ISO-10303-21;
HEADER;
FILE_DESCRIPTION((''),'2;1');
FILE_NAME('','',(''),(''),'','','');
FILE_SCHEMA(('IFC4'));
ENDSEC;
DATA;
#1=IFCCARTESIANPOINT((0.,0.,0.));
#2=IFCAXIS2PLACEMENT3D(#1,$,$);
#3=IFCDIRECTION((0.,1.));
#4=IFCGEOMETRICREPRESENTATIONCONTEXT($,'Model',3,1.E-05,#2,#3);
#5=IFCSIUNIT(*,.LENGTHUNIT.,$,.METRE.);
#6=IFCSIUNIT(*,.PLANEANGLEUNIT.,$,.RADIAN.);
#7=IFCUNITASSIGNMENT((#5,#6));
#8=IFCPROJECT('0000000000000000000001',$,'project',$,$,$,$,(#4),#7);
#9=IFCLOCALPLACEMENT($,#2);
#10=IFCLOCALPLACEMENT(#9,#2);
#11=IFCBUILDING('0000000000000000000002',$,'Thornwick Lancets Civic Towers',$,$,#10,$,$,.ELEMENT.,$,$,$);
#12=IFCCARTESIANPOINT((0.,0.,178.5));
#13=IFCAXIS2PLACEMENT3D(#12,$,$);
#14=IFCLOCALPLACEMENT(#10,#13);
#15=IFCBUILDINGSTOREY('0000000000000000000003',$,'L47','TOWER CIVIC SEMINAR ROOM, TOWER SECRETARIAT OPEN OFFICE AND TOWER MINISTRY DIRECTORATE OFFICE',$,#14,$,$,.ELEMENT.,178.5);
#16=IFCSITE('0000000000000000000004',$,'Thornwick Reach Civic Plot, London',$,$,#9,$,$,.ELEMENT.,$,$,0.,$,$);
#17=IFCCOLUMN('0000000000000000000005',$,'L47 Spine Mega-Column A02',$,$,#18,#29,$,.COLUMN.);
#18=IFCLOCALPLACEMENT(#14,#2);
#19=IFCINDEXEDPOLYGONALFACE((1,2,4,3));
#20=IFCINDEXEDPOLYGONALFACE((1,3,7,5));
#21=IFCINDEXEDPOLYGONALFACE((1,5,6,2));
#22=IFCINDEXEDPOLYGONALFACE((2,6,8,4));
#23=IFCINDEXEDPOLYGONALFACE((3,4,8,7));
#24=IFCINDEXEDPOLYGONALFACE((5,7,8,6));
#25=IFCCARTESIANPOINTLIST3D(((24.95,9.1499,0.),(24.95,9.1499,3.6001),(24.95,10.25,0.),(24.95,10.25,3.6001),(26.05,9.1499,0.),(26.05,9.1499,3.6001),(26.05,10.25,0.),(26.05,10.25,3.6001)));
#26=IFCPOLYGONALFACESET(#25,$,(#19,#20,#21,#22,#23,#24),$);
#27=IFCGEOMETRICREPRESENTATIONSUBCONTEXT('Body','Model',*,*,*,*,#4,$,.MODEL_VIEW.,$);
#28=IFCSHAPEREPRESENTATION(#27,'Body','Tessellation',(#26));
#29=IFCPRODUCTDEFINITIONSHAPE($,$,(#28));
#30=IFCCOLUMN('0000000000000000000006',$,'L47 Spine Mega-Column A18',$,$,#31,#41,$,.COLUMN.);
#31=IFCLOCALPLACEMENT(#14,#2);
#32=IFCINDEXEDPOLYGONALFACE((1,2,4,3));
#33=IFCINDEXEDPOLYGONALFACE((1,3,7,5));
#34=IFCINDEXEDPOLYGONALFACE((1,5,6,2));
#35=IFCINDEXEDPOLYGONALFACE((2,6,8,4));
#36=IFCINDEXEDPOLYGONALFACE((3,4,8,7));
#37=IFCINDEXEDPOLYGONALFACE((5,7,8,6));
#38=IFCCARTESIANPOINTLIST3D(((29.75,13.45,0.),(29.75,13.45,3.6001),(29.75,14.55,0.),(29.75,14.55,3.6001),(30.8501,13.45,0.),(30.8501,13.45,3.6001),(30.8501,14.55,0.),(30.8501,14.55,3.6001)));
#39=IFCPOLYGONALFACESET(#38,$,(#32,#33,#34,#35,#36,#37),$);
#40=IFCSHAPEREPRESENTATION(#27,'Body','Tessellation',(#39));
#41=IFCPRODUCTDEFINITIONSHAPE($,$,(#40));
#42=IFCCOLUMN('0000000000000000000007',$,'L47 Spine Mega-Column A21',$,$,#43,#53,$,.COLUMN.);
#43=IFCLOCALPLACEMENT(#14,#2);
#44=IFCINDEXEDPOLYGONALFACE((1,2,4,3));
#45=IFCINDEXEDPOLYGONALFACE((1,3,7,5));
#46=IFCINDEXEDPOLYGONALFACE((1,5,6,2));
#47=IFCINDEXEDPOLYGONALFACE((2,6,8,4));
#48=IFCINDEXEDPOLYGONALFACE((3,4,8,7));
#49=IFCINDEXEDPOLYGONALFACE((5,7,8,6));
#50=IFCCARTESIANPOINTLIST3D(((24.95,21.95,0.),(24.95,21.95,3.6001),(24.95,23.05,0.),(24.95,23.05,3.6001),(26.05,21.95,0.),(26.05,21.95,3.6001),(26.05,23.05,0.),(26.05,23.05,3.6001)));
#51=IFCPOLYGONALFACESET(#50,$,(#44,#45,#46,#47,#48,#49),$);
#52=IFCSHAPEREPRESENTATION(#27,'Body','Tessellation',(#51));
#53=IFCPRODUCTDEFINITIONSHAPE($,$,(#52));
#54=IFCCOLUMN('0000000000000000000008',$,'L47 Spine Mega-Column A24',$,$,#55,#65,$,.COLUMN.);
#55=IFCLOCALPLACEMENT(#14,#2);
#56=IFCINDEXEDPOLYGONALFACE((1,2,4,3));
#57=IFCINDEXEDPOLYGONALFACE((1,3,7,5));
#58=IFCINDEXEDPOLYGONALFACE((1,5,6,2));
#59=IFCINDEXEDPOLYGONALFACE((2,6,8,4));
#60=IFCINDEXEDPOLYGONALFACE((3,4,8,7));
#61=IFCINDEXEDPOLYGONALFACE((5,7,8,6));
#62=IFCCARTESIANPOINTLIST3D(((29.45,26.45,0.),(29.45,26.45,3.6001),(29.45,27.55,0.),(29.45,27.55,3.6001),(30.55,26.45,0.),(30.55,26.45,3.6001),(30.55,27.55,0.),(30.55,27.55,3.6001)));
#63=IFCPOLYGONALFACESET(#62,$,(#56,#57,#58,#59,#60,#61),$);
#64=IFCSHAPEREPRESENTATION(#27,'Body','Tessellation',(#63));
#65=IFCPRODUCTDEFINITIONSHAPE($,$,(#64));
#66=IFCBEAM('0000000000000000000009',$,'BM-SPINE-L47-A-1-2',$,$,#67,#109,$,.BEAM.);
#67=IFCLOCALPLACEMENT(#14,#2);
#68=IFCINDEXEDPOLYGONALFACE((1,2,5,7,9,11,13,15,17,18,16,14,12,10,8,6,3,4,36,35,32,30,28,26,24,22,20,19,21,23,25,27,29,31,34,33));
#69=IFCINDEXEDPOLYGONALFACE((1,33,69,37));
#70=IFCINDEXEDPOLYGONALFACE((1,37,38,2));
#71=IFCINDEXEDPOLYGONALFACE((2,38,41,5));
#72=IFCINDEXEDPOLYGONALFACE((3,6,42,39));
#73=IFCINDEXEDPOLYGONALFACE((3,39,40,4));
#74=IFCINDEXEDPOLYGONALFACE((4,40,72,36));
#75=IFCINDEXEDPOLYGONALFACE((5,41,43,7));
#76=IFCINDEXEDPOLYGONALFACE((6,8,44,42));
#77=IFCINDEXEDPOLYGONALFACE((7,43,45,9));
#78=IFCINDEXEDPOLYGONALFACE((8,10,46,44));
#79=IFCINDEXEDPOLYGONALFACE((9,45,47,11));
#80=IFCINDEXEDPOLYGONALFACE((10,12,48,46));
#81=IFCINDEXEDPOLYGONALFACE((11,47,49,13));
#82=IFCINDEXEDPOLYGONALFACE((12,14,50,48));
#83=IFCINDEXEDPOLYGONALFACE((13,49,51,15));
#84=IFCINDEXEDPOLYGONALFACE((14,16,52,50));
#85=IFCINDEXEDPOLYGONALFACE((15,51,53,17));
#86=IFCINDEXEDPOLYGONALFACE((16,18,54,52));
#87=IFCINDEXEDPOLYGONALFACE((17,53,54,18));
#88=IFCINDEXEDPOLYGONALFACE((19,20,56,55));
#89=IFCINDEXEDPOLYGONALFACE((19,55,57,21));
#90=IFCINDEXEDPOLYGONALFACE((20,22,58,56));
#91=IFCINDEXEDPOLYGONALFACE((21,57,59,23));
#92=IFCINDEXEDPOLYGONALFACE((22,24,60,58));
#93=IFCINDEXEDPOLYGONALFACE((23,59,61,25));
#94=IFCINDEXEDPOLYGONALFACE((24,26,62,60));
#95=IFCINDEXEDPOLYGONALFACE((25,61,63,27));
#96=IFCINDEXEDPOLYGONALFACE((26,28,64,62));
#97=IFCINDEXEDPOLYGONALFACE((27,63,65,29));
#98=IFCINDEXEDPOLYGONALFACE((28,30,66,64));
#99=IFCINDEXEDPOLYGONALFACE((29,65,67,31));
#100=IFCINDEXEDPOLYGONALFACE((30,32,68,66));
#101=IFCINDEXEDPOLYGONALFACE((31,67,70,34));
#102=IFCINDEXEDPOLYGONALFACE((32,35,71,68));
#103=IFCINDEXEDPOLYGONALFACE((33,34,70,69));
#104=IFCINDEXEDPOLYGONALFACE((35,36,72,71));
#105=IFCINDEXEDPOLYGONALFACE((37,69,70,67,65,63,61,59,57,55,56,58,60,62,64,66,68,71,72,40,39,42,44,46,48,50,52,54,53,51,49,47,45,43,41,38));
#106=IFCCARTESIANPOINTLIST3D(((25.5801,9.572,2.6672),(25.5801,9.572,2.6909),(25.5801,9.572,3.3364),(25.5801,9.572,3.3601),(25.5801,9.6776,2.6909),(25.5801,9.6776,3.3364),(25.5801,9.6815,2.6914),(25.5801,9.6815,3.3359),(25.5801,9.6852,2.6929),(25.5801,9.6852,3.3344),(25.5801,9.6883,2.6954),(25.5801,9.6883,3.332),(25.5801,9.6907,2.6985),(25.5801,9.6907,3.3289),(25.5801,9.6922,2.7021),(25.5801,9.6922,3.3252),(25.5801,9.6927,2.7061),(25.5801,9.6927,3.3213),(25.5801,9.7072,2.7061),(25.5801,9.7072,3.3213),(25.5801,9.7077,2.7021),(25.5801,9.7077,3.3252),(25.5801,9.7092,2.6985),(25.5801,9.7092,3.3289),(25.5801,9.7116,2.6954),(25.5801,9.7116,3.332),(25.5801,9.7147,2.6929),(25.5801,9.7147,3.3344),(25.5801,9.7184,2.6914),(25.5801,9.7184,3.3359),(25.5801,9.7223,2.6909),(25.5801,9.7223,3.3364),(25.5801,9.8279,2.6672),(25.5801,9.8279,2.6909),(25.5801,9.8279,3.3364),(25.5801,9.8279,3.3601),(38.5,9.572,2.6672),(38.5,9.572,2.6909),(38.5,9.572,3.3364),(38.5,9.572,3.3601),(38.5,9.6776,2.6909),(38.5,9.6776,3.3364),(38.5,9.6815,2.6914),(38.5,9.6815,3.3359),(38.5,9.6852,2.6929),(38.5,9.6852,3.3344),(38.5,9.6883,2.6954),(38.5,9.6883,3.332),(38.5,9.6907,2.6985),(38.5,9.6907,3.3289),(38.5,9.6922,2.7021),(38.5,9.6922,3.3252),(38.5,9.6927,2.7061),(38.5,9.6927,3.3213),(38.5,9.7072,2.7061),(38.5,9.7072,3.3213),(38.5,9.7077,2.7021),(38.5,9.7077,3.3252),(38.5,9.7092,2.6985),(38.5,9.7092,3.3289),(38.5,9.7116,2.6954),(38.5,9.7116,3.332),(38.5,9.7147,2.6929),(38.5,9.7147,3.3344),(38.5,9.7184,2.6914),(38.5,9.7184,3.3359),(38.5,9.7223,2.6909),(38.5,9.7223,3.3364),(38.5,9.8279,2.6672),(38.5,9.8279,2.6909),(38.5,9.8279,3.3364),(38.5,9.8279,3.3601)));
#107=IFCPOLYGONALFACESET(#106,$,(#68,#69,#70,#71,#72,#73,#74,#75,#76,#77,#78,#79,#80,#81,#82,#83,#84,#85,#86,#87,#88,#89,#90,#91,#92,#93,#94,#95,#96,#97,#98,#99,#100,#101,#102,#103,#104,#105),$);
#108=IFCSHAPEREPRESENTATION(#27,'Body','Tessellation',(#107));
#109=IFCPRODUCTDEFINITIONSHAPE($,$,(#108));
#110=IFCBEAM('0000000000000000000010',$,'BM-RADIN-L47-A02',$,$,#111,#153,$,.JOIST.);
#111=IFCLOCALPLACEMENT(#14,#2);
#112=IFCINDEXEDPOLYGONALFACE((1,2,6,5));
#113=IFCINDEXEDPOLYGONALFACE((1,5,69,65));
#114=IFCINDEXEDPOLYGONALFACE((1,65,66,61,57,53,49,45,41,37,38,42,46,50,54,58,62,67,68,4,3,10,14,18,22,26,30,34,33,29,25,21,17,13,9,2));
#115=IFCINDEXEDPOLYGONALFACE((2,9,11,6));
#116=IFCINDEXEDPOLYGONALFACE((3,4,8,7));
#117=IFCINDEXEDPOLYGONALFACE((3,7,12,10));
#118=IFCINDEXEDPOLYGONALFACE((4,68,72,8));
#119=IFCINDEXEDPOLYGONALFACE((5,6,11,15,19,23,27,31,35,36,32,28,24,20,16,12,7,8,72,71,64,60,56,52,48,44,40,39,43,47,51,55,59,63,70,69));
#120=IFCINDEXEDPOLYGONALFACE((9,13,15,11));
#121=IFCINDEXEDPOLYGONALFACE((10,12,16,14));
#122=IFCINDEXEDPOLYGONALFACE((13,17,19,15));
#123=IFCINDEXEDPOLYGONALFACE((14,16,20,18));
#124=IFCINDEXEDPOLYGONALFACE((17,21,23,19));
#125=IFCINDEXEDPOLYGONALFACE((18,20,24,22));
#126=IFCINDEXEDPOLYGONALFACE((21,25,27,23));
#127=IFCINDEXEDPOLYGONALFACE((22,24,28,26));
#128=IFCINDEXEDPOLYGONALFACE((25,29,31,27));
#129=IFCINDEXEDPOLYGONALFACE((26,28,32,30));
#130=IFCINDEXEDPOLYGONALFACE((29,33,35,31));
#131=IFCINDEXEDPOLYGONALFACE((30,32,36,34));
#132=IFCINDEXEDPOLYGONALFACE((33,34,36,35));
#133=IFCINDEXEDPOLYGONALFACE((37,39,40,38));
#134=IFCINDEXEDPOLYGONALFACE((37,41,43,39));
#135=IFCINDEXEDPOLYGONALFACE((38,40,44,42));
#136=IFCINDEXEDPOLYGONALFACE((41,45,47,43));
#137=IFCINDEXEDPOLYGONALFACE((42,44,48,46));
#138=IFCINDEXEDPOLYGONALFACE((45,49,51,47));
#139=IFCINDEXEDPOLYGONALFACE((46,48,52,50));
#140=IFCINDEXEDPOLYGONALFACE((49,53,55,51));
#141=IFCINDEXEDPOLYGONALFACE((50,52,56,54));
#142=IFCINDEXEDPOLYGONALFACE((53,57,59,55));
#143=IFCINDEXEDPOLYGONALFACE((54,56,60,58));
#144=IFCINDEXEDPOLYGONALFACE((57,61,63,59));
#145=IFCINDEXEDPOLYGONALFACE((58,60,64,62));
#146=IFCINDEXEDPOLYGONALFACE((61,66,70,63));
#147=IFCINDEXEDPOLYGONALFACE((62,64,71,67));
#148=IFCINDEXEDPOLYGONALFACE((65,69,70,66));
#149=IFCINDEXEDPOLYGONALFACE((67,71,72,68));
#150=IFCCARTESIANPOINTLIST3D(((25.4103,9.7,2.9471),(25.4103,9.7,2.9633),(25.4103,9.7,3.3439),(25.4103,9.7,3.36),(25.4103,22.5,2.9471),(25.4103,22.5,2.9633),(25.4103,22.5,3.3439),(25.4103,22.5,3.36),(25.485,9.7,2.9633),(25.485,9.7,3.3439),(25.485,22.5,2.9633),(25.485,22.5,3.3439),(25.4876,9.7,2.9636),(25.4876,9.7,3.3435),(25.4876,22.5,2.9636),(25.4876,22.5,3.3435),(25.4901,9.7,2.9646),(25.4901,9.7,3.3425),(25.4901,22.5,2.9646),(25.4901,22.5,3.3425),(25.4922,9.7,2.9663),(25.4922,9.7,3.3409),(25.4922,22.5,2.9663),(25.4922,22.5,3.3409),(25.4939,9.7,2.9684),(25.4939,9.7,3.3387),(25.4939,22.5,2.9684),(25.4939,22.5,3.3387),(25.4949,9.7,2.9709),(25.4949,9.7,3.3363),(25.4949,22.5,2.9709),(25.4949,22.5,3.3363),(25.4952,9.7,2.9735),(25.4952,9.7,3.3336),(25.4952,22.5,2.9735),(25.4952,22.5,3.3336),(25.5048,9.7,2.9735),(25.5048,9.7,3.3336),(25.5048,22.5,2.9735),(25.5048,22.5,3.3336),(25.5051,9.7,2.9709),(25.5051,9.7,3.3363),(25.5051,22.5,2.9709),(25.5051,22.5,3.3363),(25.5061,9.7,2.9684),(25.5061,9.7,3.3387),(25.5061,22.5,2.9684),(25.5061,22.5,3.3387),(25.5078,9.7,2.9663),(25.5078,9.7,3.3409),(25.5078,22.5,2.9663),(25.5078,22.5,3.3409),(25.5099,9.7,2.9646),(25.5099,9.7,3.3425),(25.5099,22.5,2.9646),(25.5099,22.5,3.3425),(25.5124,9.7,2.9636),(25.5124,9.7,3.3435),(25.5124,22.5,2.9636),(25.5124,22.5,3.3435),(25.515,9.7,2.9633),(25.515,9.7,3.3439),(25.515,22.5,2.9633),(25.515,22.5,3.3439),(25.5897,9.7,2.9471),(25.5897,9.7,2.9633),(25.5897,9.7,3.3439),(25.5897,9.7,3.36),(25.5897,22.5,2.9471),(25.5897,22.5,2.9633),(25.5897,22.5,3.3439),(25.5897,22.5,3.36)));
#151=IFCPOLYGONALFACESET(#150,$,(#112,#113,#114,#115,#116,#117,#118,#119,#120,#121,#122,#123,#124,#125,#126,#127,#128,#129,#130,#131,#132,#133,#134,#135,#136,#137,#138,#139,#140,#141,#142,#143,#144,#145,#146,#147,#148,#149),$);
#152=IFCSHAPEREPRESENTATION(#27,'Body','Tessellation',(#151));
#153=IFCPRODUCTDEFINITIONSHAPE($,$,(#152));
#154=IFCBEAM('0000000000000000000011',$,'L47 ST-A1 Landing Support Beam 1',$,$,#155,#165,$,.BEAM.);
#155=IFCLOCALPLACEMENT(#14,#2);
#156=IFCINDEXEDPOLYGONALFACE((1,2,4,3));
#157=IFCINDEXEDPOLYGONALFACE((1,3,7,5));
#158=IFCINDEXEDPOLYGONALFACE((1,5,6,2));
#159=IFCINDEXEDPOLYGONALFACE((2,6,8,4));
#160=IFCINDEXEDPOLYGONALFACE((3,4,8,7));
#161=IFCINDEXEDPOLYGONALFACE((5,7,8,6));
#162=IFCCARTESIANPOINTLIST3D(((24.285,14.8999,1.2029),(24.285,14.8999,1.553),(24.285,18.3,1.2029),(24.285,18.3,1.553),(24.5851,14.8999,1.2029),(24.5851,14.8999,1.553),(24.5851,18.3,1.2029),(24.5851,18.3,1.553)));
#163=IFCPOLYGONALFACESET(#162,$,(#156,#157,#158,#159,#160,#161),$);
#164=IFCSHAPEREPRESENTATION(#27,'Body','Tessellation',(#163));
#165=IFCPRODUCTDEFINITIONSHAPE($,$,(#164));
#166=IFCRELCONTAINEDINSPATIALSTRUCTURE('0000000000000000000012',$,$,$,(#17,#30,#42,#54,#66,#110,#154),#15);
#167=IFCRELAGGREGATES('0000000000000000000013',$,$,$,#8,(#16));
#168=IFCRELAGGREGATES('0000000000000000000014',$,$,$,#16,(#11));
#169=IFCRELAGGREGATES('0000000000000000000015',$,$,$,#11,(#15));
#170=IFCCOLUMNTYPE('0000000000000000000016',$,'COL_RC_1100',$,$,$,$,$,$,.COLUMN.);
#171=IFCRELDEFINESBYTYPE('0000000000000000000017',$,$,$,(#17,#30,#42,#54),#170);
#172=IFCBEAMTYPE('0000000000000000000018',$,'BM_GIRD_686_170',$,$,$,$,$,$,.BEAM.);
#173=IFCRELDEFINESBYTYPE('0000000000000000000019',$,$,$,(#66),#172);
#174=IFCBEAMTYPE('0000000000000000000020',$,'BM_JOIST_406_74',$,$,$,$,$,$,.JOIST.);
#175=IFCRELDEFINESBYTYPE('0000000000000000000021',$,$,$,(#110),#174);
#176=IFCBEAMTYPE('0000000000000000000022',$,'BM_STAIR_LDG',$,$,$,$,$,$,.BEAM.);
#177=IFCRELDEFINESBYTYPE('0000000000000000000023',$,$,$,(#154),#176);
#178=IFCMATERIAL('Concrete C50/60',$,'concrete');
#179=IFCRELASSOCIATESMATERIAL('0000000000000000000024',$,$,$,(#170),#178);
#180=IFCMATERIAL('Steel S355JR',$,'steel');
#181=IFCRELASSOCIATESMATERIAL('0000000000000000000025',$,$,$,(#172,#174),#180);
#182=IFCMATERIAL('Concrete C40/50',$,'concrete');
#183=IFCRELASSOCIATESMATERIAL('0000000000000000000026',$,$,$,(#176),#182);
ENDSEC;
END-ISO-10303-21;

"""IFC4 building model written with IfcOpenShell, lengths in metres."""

from ifc_helpers import new_model, si_unit, direction, frame, origin, origin_2d, place, context, subcontext, project, spatial, rectangle, i_section, extrude, material, material_profile, profile_set, type_object, element, save


model = new_model("IFC4")

# Units and contexts
model_context = context("Model", 3, precision=1e-05, world=origin(), true_north=direction((0.0, 1.0)))
body_context = subcontext(model_context, "Body", "Model", "MODEL_VIEW")
ifc_project = project(units=[si_unit("LENGTHUNIT", "METRE"), si_unit("PLANEANGLEUNIT", "RADIAN")], contexts=[model_context])

# Site, building, storey
site_placement = place(None, origin())
site = spatial("IfcSite", under=ifc_project, at=site_placement, Name="Thornwick Reach Civic Plot, London", CompositionType="ELEMENT", RefElevation=0.0)
building_placement = place(site_placement, origin())
building = spatial("IfcBuilding", under=site, at=building_placement, Name="Thornwick Lancets Civic Towers", CompositionType="ELEMENT")
storey_placement = place(building_placement, frame((0.0, 0.0, 178.5)))
storey = spatial("IfcBuildingStorey", under=building, at=storey_placement, Name="L47", Description="TOWER CIVIC SEMINAR ROOM, TOWER SECRETARIAT OPEN OFFICE AND TOWER MINISTRY DIRECTORATE OFFICE", CompositionType="ELEMENT", Elevation=178.5)

# Columns
ifc_material_1 = material(Name="Concrete C50/60", Category="concrete")
ifc_material_profile_1 = material_profile(ifc_material_1, rectangle(XDim=1.1001, YDim=1.1001, at=origin_2d()), Name="RC 1100x1100")
ifc_profile_set_1 = profile_set([ifc_material_profile_1], Name="Concrete C50/60")
column_type = type_object("IfcColumnType", Name="COL_RC_1100", PredefinedType="COLUMN", material=ifc_profile_set_1)
for number, where, z_axis, x_axis, name in (
    (1, (25.5, 9.7, 0.0), (0.0, 0.0, 1.0), (1.0, 0.0, 0.0), "L47 Spine Mega-Column A02"),
    (2, (30.3, 14.0, 0.0), (0.0, 0.0, 1.0), (1.0, 0.0, 0.0), "L47 Spine Mega-Column A18"),
    (3, (25.5, 22.5, 0.0), (0.0, 0.0, 1.0), (1.0, 0.0, 0.0), "L47 Spine Mega-Column A21"),
    (4, (30.0, 27.0, 0.0), (0.0, 0.0, 1.0), (1.0, 0.0, 0.0), "L47 Spine Mega-Column A24"),
):
    element("IfcColumn", number, at=place(storey_placement, frame(where, z_axis=z_axis, x_axis=x_axis)), inside=storey, type_object=column_type, Name=name, PredefinedType="COLUMN", context=body_context, shape_type="SweptSolid", body=[
        extrude(rectangle(XDim=1.1001, YDim=1.1001, at=origin_2d()), origin(), (0.0, 0.0, 1.0), 3.6001),
    ])

# Beams
ifc_material_2 = material(Name="Steel S355JR", Category="steel")
ifc_material_profile_2 = material_profile(ifc_material_2, i_section(OverallWidth=0.2559, OverallDepth=0.6929, WebThickness=0.0144, FlangeThickness=0.0237, FilletRadius=0.0151, at=origin_2d()), Name="UKB 686x254x170")
ifc_profile_set_2 = profile_set([ifc_material_profile_2], Name="Steel S355JR")
beam_type_1 = type_object("IfcBeamType", Name="BM_GIRD_686_170", PredefinedType="BEAM", material=ifc_profile_set_2)
beam_1_placement = place(storey_placement, frame((25.5801, 9.7, 3.0137), z_axis=(1.0, 0.0, 0.0), x_axis=(0.0, 1.0, 0.0)))
element("IfcBeam", 5, at=beam_1_placement, inside=storey, type_object=beam_type_1, Name="BM-SPINE-L47-A-1-2", PredefinedType="BEAM", context=body_context, shape_type="SweptSolid", body=[
    extrude(i_section(OverallWidth=0.2559, OverallDepth=0.6929, WebThickness=0.0144, FlangeThickness=0.0237, FilletRadius=0.0151, at=origin_2d()), origin(), (0.0, 0.0, 1.0), 12.9199),
])
ifc_material_profile_3 = material_profile(ifc_material_2, i_section(OverallWidth=0.1794, OverallDepth=0.4128, WebThickness=0.0095, FlangeThickness=0.0161, FilletRadius=0.0103, at=origin_2d()), Name="UKB 406x178x74")
ifc_profile_set_3 = profile_set([ifc_material_profile_3], Name="Steel S355JR")
beam_type_2 = type_object("IfcBeamType", Name="BM_JOIST_406_74", PredefinedType="JOIST", material=ifc_profile_set_3)
beam_2_placement = place(storey_placement, frame((25.5, 22.5, 3.1536), z_axis=(0.0, -1.0, 0.0), x_axis=(1.0, 0.0, 0.0)))
element("IfcBeam", 6, at=beam_2_placement, inside=storey, type_object=beam_type_2, Name="BM-RADIN-L47-A02", PredefinedType="JOIST", context=body_context, shape_type="SweptSolid", body=[
    extrude(i_section(OverallWidth=0.1794, OverallDepth=0.4128, WebThickness=0.0095, FlangeThickness=0.0161, FilletRadius=0.0103, at=origin_2d()), origin(), (0.0, 0.0, 1.0), 12.8),
])
ifc_material_3 = material(Name="Concrete C40/50", Category="concrete")
ifc_material_profile_4 = material_profile(ifc_material_3, rectangle(XDim=0.3, YDim=0.3501, at=origin_2d()), Name="RC 300x350")
ifc_profile_set_4 = profile_set([ifc_material_profile_4], Name="Concrete C40/50")
beam_type_3 = type_object("IfcBeamType", Name="BM_STAIR_LDG", PredefinedType="BEAM", material=ifc_profile_set_4)
beam_3_placement = place(storey_placement, frame((24.4351, 14.8999, 1.3779), z_axis=(0.0, 1.0, 0.0), x_axis=(-1.0, 0.0, 0.0)))
element("IfcBeam", 7, at=beam_3_placement, inside=storey, type_object=beam_type_3, Name="L47 ST-A1 Landing Support Beam 1", PredefinedType="BEAM", context=body_context, shape_type="SweptSolid", body=[
    extrude(rectangle(XDim=0.3, YDim=0.3501, at=origin_2d()), origin(), (0.0, 0.0, 1.0), 3.4001),
])

save(model, "model.ifc")
